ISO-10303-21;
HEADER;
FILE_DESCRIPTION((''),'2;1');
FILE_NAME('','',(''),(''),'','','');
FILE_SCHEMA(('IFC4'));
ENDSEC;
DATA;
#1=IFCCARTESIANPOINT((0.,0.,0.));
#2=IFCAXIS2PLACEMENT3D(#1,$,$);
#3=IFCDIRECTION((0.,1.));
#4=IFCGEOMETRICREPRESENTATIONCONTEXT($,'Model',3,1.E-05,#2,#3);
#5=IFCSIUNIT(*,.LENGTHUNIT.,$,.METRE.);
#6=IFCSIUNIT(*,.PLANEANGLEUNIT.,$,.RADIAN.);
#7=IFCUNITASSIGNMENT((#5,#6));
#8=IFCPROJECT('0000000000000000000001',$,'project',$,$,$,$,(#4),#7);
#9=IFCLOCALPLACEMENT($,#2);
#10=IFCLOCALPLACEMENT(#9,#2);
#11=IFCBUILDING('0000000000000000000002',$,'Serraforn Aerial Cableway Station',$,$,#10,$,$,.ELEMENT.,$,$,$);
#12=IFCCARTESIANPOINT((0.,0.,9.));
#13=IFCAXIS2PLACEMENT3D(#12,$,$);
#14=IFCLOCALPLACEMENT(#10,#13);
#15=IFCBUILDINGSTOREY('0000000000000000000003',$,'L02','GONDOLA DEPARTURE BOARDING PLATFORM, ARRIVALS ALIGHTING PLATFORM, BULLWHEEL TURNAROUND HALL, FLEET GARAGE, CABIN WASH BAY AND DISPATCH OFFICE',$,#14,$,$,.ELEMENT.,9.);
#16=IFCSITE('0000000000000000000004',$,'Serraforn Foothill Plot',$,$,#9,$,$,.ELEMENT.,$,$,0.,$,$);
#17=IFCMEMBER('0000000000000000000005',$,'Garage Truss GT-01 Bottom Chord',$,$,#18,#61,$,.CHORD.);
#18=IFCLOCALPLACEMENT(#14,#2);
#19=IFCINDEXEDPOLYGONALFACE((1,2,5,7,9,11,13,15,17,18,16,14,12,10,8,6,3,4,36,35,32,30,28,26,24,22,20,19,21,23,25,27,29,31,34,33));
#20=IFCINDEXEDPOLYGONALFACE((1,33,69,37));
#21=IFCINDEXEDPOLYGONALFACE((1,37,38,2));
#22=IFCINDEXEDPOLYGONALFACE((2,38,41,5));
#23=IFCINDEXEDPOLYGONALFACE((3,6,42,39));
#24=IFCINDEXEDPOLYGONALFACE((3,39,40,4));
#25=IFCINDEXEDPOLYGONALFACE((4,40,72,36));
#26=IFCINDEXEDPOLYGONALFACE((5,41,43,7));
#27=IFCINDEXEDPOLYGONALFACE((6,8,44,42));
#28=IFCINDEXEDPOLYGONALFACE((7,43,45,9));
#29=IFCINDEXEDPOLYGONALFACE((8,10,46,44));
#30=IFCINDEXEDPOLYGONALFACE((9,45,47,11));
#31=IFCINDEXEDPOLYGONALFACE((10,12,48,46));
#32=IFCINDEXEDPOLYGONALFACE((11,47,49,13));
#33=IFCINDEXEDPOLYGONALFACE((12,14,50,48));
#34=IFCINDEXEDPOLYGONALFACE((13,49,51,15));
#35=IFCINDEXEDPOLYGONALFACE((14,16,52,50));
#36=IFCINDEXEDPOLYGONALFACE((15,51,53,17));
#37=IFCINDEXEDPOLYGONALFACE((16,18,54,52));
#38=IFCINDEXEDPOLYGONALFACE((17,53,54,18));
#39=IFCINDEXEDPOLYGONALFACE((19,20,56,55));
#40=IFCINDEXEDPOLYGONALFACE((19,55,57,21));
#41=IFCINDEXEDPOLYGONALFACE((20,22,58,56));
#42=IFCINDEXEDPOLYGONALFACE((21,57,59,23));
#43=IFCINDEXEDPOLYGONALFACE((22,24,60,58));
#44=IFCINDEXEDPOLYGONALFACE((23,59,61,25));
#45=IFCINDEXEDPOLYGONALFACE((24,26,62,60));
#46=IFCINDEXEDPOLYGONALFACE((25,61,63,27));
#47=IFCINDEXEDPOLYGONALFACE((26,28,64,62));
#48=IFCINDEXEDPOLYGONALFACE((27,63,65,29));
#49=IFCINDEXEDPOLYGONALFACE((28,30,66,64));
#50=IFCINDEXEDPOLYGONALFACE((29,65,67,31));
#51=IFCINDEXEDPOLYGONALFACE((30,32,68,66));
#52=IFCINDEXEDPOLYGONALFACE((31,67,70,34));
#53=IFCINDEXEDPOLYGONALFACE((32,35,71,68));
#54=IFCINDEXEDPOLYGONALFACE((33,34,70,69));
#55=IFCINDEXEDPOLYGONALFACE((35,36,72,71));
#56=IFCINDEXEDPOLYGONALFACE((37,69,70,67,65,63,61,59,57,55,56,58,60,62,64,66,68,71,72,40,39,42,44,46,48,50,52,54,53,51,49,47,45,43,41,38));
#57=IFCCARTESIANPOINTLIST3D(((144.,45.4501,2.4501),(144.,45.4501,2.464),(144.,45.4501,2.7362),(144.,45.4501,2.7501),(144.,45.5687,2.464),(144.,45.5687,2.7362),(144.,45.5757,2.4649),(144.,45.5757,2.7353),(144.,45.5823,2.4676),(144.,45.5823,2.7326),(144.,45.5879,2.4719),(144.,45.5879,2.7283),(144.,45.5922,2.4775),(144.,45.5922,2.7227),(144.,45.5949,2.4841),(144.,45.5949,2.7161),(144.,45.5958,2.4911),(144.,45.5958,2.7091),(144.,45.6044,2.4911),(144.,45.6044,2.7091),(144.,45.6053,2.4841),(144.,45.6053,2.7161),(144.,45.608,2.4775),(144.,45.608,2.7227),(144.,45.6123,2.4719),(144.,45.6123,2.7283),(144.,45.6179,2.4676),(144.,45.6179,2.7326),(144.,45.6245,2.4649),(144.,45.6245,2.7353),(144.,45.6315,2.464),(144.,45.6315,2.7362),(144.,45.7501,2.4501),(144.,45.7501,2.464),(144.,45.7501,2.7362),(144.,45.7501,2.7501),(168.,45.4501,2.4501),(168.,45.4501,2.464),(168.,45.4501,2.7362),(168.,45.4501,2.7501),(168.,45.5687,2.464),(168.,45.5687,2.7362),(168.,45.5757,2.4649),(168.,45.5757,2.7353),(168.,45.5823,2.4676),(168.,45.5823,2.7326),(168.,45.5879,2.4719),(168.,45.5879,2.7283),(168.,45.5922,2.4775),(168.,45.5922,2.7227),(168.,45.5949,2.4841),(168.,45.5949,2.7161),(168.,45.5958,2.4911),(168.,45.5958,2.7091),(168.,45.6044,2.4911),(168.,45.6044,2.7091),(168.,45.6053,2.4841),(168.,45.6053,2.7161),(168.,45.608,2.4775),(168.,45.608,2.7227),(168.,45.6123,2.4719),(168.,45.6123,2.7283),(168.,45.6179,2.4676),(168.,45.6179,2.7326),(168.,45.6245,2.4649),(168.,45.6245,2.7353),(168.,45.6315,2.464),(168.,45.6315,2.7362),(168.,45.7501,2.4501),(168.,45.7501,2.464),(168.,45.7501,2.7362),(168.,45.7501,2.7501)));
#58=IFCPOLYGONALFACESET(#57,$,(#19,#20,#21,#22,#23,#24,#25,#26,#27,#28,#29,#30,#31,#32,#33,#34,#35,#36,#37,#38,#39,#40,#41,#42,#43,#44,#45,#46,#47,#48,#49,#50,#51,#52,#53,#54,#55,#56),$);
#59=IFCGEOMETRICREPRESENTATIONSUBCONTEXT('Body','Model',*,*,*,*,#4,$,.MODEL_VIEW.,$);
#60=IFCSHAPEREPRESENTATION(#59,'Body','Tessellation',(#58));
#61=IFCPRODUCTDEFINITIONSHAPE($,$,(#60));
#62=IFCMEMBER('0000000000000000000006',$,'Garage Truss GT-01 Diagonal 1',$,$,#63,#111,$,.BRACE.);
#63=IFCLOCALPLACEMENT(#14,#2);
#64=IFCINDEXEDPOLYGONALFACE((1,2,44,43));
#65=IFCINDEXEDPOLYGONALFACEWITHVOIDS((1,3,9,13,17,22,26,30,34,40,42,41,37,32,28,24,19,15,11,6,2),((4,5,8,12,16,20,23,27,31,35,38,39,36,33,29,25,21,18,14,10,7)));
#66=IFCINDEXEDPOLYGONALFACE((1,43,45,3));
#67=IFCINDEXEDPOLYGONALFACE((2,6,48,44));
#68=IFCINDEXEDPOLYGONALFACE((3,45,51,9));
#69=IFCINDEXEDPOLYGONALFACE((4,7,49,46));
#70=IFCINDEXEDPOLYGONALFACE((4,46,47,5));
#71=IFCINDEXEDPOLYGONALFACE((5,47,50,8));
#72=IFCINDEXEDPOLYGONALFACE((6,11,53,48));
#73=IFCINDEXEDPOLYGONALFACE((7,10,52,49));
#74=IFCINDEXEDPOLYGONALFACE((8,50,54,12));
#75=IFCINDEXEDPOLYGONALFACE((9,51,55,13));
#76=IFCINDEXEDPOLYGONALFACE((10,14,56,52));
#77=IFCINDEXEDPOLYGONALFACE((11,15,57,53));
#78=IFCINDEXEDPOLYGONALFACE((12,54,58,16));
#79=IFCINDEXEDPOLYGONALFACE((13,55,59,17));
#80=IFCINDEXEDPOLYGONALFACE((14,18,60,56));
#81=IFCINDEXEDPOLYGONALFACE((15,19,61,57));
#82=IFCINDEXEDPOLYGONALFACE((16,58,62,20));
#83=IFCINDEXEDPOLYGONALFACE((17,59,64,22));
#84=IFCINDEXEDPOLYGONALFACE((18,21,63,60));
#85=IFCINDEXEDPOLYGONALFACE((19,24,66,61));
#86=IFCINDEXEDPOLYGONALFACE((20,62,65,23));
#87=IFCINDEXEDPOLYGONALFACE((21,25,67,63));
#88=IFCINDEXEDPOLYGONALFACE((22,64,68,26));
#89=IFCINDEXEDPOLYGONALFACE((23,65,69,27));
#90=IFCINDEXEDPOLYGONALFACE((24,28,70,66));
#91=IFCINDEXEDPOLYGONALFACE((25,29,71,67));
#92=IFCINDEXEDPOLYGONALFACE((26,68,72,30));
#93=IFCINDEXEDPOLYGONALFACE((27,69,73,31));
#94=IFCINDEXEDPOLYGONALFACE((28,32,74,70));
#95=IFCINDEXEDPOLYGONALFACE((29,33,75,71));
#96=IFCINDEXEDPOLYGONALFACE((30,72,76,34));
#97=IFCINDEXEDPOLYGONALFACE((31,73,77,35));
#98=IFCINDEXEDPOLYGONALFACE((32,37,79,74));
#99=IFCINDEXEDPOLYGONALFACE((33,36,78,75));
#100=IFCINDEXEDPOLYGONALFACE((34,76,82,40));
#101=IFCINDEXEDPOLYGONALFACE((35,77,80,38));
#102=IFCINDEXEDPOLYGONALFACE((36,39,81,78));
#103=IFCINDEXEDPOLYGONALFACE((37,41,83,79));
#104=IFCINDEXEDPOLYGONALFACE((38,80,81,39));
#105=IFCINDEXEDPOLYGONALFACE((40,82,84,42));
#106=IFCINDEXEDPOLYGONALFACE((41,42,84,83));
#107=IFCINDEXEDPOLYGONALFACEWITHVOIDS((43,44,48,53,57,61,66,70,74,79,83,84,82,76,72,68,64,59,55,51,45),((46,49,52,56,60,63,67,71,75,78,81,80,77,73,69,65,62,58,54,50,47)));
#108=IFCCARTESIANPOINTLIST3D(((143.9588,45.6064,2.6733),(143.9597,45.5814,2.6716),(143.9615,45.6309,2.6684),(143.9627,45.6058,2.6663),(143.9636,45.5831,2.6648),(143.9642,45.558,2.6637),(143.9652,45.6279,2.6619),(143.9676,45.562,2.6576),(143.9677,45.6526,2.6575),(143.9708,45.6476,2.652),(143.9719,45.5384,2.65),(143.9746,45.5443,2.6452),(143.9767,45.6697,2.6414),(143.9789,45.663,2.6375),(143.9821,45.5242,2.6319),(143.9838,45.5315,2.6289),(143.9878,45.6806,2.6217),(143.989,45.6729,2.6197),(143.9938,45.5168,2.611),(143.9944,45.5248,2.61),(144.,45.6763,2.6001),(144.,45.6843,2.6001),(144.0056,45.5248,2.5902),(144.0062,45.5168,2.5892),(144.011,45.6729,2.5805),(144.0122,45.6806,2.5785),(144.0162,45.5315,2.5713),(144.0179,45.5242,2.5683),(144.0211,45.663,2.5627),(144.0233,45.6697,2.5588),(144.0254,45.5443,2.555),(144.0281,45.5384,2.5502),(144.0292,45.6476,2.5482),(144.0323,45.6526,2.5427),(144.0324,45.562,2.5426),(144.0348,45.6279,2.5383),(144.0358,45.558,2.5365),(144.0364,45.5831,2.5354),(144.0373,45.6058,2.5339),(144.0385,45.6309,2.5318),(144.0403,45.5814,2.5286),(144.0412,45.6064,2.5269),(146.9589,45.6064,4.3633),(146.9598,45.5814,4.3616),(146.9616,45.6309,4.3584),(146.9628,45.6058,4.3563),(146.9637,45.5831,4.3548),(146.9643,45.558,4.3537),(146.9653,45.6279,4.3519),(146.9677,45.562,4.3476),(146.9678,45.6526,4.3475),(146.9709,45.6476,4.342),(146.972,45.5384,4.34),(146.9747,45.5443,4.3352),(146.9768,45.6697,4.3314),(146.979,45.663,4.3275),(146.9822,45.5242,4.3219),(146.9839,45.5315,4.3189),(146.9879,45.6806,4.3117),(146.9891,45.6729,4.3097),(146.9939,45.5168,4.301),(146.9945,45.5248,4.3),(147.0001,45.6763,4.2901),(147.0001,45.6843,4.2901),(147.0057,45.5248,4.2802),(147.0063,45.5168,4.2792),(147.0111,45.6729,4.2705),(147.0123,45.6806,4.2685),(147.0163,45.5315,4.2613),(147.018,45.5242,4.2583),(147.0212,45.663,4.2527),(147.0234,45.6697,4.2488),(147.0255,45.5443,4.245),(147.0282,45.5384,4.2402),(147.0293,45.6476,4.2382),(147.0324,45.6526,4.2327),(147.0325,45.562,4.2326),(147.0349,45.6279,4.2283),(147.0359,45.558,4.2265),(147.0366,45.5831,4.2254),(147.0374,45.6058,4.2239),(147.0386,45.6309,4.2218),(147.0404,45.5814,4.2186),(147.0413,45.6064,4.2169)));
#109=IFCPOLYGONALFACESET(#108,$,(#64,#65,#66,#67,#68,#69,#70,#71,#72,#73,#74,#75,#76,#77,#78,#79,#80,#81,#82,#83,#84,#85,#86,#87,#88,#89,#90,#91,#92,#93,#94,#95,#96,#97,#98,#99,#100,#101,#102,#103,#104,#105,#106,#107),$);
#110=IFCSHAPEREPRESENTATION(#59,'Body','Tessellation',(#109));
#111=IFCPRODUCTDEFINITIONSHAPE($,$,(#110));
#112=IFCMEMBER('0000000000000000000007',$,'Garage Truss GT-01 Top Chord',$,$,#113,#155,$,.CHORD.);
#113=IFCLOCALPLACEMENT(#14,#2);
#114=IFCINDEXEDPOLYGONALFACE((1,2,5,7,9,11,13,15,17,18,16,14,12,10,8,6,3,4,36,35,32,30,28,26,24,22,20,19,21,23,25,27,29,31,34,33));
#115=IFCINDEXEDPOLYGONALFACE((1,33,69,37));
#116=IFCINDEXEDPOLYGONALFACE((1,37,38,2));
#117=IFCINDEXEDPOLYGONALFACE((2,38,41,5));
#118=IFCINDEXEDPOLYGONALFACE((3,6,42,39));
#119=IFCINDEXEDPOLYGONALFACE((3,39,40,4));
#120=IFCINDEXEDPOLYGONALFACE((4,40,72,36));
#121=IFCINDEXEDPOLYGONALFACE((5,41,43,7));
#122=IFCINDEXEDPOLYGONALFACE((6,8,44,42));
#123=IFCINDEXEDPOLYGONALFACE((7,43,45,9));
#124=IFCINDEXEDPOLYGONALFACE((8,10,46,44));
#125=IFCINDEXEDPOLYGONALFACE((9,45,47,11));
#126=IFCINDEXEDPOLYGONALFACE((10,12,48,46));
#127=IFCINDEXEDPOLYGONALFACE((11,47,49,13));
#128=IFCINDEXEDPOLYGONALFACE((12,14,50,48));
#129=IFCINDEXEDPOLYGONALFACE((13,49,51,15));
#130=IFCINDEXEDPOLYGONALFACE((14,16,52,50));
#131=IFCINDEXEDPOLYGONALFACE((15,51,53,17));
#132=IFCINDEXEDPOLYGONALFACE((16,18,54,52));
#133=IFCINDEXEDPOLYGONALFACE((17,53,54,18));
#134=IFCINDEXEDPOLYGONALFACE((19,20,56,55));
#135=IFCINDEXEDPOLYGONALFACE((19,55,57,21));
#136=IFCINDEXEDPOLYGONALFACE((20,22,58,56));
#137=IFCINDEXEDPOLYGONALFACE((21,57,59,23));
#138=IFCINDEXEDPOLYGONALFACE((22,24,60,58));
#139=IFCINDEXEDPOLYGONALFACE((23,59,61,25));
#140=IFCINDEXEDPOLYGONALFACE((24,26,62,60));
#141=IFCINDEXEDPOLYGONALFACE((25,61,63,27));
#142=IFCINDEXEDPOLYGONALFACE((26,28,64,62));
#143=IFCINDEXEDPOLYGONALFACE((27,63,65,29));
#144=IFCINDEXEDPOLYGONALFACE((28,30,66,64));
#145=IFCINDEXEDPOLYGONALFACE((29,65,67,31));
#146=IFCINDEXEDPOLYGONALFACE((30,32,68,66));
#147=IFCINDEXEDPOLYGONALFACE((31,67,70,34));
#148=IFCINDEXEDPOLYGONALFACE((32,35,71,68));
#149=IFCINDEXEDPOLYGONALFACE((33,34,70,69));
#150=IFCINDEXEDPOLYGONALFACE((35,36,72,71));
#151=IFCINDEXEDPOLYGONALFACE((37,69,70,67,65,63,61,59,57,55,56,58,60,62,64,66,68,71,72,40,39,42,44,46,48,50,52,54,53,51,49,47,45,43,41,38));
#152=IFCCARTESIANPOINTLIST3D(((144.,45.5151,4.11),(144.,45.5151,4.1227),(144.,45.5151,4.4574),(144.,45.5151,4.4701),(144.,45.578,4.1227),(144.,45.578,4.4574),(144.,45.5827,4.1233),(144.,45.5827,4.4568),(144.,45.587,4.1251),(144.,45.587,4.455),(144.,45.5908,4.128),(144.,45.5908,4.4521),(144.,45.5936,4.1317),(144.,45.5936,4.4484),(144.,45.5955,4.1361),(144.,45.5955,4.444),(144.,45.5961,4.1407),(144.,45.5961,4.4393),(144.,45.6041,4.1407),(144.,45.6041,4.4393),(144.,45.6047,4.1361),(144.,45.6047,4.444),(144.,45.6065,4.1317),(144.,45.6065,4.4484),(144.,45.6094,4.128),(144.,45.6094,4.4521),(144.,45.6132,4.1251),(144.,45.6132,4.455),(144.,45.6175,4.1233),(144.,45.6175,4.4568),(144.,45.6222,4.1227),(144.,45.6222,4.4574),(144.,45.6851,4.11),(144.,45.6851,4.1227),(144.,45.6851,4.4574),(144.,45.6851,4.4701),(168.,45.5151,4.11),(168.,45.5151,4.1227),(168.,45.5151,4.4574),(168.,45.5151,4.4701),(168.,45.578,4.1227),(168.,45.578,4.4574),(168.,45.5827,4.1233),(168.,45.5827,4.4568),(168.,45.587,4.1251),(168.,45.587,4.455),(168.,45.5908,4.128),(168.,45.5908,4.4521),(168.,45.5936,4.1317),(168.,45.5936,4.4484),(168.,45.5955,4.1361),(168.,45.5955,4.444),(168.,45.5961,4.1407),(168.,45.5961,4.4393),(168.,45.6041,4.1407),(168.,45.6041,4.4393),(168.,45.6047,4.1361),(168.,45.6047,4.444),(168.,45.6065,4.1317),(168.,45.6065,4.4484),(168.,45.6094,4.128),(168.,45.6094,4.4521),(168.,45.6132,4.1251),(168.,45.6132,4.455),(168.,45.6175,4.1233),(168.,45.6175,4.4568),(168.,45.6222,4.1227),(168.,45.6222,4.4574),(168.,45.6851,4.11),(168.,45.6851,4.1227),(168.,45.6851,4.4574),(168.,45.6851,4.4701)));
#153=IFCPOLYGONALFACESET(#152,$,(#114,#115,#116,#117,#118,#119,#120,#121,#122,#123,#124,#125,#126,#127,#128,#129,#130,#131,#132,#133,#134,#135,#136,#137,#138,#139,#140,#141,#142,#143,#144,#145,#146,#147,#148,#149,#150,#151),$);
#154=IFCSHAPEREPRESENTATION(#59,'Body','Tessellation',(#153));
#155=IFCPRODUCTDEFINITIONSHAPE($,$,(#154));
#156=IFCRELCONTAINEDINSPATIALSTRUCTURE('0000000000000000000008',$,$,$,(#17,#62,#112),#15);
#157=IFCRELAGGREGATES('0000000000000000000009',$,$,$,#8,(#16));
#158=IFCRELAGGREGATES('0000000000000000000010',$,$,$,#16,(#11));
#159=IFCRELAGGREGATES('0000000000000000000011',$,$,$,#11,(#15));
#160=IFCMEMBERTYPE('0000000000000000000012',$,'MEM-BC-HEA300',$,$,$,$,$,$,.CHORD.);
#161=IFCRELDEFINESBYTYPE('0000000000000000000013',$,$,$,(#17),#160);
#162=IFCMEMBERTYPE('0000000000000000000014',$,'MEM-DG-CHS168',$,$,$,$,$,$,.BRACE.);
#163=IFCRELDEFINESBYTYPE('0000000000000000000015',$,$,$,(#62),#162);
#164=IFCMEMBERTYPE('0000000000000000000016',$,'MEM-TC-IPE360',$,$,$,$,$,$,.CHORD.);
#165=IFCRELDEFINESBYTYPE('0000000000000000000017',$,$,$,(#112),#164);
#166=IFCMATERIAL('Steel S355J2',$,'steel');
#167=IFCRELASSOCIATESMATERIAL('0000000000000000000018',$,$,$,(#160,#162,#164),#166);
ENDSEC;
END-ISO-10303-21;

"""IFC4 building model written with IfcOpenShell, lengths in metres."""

from ifc_helpers import new_model, si_unit, direction, frame, origin, origin_2d, place, context, subcontext, project, spatial, hollow_circle, i_section, extrude, material, material_profile, profile_set, type_object, element, save


model = new_model("IFC4")

# Units and contexts
model_context = context("Model", 3, precision=1e-05, world=origin(), true_north=direction((0.0, 1.0)))
body_context = subcontext(model_context, "Body", "Model", "MODEL_VIEW")
ifc_project = project(units=[si_unit("LENGTHUNIT", "METRE"), si_unit("PLANEANGLEUNIT", "RADIAN")], contexts=[model_context])

# Site, building, storey
site_placement = place(None, origin())
site = spatial("IfcSite", under=ifc_project, at=site_placement, Name="Serraforn Foothill Plot", CompositionType="ELEMENT", RefElevation=0.0)
building_placement = place(site_placement, origin())
building = spatial("IfcBuilding", under=site, at=building_placement, Name="Serraforn Aerial Cableway Station", CompositionType="ELEMENT")
storey_placement = place(building_placement, frame((0.0, 0.0, 9.0)))
storey = spatial("IfcBuildingStorey", under=building, at=storey_placement, Name="L02", Description="GONDOLA DEPARTURE BOARDING PLATFORM, ARRIVALS ALIGHTING PLATFORM, BULLWHEEL TURNAROUND HALL, FLEET GARAGE, CABIN WASH BAY AND DISPATCH OFFICE", CompositionType="ELEMENT", Elevation=9.0)

# Shared definitions
ifc_material_1 = material(Name="Steel S355J2", Category="steel")

# Members
ifc_material_profile_1 = material_profile(ifc_material_1, i_section(OverallWidth=0.3, OverallDepth=0.3, WebThickness=0.0085, FlangeThickness=0.0139, FilletRadius=0.0271, at=origin_2d()), Name="HEA 300")
ifc_profile_set_1 = profile_set([ifc_material_profile_1], Name="Steel S355J2")
member_type_1 = type_object("IfcMemberType", Name="MEM-BC-HEA300", PredefinedType="CHORD", material=ifc_profile_set_1)
member_1_placement = place(storey_placement, frame((144.0, 45.6001, 2.6001), z_axis=(1.0, 0.0, 0.0), x_axis=(0.0, 1.0, 0.0)))
element("IfcMember", 1, at=member_1_placement, inside=storey, type_object=member_type_1, Name="Garage Truss GT-01 Bottom Chord", PredefinedType="CHORD", context=body_context, shape_type="SweptSolid", body=[
    extrude(i_section(OverallWidth=0.3, OverallDepth=0.3, WebThickness=0.0085, FlangeThickness=0.0139, FilletRadius=0.0271, at=origin_2d()), origin(), (0.0, 0.0, 1.0), 24.0),
])
ifc_material_profile_2 = material_profile(ifc_material_1, hollow_circle(Radius=0.0842, WallThickness=0.0081, at=origin_2d()), Name="CHS 168.3x8.0")
ifc_profile_set_2 = profile_set([ifc_material_profile_2], Name="Steel S355J2")
member_type_2 = type_object("IfcMemberType", Name="MEM-DG-CHS168", PredefinedType="BRACE", material=ifc_profile_set_2)
member_2_placement = place(storey_placement, frame((144.0, 45.6001, 2.6001), z_axis=(0.871272, 0.0, 0.4908), x_axis=(0.0, 1.0, 0.0)))
element("IfcMember", 2, at=member_2_placement, inside=storey, type_object=member_type_2, Name="Garage Truss GT-01 Diagonal 1", PredefinedType="BRACE", context=body_context, shape_type="SweptSolid", body=[
    extrude(hollow_circle(Radius=0.0842, WallThickness=0.0081, at=origin_2d()), origin(), (0.0, 0.0, 1.0), 3.4434),
])
ifc_material_profile_3 = material_profile(ifc_material_1, i_section(OverallWidth=0.1699, OverallDepth=0.3601, WebThickness=0.0081, FlangeThickness=0.0127, FilletRadius=0.0181, at=origin_2d()), Name="IPE 360")
ifc_profile_set_3 = profile_set([ifc_material_profile_3], Name="Steel S355J2")
member_type_3 = type_object("IfcMemberType", Name="MEM-TC-IPE360", PredefinedType="CHORD", material=ifc_profile_set_3)
member_3_placement = place(storey_placement, frame((144.0, 45.6001, 4.29), z_axis=(1.0, 0.0, 0.0), x_axis=(0.0, 1.0, 0.0)))
element("IfcMember", 3, at=member_3_placement, inside=storey, type_object=member_type_3, Name="Garage Truss GT-01 Top Chord", PredefinedType="CHORD", context=body_context, shape_type="SweptSolid", body=[
    extrude(i_section(OverallWidth=0.1699, OverallDepth=0.3601, WebThickness=0.0081, FlangeThickness=0.0127, FilletRadius=0.0181, at=origin_2d()), origin(), (0.0, 0.0, 1.0), 24.0),
])

save(model, "model.ifc")
